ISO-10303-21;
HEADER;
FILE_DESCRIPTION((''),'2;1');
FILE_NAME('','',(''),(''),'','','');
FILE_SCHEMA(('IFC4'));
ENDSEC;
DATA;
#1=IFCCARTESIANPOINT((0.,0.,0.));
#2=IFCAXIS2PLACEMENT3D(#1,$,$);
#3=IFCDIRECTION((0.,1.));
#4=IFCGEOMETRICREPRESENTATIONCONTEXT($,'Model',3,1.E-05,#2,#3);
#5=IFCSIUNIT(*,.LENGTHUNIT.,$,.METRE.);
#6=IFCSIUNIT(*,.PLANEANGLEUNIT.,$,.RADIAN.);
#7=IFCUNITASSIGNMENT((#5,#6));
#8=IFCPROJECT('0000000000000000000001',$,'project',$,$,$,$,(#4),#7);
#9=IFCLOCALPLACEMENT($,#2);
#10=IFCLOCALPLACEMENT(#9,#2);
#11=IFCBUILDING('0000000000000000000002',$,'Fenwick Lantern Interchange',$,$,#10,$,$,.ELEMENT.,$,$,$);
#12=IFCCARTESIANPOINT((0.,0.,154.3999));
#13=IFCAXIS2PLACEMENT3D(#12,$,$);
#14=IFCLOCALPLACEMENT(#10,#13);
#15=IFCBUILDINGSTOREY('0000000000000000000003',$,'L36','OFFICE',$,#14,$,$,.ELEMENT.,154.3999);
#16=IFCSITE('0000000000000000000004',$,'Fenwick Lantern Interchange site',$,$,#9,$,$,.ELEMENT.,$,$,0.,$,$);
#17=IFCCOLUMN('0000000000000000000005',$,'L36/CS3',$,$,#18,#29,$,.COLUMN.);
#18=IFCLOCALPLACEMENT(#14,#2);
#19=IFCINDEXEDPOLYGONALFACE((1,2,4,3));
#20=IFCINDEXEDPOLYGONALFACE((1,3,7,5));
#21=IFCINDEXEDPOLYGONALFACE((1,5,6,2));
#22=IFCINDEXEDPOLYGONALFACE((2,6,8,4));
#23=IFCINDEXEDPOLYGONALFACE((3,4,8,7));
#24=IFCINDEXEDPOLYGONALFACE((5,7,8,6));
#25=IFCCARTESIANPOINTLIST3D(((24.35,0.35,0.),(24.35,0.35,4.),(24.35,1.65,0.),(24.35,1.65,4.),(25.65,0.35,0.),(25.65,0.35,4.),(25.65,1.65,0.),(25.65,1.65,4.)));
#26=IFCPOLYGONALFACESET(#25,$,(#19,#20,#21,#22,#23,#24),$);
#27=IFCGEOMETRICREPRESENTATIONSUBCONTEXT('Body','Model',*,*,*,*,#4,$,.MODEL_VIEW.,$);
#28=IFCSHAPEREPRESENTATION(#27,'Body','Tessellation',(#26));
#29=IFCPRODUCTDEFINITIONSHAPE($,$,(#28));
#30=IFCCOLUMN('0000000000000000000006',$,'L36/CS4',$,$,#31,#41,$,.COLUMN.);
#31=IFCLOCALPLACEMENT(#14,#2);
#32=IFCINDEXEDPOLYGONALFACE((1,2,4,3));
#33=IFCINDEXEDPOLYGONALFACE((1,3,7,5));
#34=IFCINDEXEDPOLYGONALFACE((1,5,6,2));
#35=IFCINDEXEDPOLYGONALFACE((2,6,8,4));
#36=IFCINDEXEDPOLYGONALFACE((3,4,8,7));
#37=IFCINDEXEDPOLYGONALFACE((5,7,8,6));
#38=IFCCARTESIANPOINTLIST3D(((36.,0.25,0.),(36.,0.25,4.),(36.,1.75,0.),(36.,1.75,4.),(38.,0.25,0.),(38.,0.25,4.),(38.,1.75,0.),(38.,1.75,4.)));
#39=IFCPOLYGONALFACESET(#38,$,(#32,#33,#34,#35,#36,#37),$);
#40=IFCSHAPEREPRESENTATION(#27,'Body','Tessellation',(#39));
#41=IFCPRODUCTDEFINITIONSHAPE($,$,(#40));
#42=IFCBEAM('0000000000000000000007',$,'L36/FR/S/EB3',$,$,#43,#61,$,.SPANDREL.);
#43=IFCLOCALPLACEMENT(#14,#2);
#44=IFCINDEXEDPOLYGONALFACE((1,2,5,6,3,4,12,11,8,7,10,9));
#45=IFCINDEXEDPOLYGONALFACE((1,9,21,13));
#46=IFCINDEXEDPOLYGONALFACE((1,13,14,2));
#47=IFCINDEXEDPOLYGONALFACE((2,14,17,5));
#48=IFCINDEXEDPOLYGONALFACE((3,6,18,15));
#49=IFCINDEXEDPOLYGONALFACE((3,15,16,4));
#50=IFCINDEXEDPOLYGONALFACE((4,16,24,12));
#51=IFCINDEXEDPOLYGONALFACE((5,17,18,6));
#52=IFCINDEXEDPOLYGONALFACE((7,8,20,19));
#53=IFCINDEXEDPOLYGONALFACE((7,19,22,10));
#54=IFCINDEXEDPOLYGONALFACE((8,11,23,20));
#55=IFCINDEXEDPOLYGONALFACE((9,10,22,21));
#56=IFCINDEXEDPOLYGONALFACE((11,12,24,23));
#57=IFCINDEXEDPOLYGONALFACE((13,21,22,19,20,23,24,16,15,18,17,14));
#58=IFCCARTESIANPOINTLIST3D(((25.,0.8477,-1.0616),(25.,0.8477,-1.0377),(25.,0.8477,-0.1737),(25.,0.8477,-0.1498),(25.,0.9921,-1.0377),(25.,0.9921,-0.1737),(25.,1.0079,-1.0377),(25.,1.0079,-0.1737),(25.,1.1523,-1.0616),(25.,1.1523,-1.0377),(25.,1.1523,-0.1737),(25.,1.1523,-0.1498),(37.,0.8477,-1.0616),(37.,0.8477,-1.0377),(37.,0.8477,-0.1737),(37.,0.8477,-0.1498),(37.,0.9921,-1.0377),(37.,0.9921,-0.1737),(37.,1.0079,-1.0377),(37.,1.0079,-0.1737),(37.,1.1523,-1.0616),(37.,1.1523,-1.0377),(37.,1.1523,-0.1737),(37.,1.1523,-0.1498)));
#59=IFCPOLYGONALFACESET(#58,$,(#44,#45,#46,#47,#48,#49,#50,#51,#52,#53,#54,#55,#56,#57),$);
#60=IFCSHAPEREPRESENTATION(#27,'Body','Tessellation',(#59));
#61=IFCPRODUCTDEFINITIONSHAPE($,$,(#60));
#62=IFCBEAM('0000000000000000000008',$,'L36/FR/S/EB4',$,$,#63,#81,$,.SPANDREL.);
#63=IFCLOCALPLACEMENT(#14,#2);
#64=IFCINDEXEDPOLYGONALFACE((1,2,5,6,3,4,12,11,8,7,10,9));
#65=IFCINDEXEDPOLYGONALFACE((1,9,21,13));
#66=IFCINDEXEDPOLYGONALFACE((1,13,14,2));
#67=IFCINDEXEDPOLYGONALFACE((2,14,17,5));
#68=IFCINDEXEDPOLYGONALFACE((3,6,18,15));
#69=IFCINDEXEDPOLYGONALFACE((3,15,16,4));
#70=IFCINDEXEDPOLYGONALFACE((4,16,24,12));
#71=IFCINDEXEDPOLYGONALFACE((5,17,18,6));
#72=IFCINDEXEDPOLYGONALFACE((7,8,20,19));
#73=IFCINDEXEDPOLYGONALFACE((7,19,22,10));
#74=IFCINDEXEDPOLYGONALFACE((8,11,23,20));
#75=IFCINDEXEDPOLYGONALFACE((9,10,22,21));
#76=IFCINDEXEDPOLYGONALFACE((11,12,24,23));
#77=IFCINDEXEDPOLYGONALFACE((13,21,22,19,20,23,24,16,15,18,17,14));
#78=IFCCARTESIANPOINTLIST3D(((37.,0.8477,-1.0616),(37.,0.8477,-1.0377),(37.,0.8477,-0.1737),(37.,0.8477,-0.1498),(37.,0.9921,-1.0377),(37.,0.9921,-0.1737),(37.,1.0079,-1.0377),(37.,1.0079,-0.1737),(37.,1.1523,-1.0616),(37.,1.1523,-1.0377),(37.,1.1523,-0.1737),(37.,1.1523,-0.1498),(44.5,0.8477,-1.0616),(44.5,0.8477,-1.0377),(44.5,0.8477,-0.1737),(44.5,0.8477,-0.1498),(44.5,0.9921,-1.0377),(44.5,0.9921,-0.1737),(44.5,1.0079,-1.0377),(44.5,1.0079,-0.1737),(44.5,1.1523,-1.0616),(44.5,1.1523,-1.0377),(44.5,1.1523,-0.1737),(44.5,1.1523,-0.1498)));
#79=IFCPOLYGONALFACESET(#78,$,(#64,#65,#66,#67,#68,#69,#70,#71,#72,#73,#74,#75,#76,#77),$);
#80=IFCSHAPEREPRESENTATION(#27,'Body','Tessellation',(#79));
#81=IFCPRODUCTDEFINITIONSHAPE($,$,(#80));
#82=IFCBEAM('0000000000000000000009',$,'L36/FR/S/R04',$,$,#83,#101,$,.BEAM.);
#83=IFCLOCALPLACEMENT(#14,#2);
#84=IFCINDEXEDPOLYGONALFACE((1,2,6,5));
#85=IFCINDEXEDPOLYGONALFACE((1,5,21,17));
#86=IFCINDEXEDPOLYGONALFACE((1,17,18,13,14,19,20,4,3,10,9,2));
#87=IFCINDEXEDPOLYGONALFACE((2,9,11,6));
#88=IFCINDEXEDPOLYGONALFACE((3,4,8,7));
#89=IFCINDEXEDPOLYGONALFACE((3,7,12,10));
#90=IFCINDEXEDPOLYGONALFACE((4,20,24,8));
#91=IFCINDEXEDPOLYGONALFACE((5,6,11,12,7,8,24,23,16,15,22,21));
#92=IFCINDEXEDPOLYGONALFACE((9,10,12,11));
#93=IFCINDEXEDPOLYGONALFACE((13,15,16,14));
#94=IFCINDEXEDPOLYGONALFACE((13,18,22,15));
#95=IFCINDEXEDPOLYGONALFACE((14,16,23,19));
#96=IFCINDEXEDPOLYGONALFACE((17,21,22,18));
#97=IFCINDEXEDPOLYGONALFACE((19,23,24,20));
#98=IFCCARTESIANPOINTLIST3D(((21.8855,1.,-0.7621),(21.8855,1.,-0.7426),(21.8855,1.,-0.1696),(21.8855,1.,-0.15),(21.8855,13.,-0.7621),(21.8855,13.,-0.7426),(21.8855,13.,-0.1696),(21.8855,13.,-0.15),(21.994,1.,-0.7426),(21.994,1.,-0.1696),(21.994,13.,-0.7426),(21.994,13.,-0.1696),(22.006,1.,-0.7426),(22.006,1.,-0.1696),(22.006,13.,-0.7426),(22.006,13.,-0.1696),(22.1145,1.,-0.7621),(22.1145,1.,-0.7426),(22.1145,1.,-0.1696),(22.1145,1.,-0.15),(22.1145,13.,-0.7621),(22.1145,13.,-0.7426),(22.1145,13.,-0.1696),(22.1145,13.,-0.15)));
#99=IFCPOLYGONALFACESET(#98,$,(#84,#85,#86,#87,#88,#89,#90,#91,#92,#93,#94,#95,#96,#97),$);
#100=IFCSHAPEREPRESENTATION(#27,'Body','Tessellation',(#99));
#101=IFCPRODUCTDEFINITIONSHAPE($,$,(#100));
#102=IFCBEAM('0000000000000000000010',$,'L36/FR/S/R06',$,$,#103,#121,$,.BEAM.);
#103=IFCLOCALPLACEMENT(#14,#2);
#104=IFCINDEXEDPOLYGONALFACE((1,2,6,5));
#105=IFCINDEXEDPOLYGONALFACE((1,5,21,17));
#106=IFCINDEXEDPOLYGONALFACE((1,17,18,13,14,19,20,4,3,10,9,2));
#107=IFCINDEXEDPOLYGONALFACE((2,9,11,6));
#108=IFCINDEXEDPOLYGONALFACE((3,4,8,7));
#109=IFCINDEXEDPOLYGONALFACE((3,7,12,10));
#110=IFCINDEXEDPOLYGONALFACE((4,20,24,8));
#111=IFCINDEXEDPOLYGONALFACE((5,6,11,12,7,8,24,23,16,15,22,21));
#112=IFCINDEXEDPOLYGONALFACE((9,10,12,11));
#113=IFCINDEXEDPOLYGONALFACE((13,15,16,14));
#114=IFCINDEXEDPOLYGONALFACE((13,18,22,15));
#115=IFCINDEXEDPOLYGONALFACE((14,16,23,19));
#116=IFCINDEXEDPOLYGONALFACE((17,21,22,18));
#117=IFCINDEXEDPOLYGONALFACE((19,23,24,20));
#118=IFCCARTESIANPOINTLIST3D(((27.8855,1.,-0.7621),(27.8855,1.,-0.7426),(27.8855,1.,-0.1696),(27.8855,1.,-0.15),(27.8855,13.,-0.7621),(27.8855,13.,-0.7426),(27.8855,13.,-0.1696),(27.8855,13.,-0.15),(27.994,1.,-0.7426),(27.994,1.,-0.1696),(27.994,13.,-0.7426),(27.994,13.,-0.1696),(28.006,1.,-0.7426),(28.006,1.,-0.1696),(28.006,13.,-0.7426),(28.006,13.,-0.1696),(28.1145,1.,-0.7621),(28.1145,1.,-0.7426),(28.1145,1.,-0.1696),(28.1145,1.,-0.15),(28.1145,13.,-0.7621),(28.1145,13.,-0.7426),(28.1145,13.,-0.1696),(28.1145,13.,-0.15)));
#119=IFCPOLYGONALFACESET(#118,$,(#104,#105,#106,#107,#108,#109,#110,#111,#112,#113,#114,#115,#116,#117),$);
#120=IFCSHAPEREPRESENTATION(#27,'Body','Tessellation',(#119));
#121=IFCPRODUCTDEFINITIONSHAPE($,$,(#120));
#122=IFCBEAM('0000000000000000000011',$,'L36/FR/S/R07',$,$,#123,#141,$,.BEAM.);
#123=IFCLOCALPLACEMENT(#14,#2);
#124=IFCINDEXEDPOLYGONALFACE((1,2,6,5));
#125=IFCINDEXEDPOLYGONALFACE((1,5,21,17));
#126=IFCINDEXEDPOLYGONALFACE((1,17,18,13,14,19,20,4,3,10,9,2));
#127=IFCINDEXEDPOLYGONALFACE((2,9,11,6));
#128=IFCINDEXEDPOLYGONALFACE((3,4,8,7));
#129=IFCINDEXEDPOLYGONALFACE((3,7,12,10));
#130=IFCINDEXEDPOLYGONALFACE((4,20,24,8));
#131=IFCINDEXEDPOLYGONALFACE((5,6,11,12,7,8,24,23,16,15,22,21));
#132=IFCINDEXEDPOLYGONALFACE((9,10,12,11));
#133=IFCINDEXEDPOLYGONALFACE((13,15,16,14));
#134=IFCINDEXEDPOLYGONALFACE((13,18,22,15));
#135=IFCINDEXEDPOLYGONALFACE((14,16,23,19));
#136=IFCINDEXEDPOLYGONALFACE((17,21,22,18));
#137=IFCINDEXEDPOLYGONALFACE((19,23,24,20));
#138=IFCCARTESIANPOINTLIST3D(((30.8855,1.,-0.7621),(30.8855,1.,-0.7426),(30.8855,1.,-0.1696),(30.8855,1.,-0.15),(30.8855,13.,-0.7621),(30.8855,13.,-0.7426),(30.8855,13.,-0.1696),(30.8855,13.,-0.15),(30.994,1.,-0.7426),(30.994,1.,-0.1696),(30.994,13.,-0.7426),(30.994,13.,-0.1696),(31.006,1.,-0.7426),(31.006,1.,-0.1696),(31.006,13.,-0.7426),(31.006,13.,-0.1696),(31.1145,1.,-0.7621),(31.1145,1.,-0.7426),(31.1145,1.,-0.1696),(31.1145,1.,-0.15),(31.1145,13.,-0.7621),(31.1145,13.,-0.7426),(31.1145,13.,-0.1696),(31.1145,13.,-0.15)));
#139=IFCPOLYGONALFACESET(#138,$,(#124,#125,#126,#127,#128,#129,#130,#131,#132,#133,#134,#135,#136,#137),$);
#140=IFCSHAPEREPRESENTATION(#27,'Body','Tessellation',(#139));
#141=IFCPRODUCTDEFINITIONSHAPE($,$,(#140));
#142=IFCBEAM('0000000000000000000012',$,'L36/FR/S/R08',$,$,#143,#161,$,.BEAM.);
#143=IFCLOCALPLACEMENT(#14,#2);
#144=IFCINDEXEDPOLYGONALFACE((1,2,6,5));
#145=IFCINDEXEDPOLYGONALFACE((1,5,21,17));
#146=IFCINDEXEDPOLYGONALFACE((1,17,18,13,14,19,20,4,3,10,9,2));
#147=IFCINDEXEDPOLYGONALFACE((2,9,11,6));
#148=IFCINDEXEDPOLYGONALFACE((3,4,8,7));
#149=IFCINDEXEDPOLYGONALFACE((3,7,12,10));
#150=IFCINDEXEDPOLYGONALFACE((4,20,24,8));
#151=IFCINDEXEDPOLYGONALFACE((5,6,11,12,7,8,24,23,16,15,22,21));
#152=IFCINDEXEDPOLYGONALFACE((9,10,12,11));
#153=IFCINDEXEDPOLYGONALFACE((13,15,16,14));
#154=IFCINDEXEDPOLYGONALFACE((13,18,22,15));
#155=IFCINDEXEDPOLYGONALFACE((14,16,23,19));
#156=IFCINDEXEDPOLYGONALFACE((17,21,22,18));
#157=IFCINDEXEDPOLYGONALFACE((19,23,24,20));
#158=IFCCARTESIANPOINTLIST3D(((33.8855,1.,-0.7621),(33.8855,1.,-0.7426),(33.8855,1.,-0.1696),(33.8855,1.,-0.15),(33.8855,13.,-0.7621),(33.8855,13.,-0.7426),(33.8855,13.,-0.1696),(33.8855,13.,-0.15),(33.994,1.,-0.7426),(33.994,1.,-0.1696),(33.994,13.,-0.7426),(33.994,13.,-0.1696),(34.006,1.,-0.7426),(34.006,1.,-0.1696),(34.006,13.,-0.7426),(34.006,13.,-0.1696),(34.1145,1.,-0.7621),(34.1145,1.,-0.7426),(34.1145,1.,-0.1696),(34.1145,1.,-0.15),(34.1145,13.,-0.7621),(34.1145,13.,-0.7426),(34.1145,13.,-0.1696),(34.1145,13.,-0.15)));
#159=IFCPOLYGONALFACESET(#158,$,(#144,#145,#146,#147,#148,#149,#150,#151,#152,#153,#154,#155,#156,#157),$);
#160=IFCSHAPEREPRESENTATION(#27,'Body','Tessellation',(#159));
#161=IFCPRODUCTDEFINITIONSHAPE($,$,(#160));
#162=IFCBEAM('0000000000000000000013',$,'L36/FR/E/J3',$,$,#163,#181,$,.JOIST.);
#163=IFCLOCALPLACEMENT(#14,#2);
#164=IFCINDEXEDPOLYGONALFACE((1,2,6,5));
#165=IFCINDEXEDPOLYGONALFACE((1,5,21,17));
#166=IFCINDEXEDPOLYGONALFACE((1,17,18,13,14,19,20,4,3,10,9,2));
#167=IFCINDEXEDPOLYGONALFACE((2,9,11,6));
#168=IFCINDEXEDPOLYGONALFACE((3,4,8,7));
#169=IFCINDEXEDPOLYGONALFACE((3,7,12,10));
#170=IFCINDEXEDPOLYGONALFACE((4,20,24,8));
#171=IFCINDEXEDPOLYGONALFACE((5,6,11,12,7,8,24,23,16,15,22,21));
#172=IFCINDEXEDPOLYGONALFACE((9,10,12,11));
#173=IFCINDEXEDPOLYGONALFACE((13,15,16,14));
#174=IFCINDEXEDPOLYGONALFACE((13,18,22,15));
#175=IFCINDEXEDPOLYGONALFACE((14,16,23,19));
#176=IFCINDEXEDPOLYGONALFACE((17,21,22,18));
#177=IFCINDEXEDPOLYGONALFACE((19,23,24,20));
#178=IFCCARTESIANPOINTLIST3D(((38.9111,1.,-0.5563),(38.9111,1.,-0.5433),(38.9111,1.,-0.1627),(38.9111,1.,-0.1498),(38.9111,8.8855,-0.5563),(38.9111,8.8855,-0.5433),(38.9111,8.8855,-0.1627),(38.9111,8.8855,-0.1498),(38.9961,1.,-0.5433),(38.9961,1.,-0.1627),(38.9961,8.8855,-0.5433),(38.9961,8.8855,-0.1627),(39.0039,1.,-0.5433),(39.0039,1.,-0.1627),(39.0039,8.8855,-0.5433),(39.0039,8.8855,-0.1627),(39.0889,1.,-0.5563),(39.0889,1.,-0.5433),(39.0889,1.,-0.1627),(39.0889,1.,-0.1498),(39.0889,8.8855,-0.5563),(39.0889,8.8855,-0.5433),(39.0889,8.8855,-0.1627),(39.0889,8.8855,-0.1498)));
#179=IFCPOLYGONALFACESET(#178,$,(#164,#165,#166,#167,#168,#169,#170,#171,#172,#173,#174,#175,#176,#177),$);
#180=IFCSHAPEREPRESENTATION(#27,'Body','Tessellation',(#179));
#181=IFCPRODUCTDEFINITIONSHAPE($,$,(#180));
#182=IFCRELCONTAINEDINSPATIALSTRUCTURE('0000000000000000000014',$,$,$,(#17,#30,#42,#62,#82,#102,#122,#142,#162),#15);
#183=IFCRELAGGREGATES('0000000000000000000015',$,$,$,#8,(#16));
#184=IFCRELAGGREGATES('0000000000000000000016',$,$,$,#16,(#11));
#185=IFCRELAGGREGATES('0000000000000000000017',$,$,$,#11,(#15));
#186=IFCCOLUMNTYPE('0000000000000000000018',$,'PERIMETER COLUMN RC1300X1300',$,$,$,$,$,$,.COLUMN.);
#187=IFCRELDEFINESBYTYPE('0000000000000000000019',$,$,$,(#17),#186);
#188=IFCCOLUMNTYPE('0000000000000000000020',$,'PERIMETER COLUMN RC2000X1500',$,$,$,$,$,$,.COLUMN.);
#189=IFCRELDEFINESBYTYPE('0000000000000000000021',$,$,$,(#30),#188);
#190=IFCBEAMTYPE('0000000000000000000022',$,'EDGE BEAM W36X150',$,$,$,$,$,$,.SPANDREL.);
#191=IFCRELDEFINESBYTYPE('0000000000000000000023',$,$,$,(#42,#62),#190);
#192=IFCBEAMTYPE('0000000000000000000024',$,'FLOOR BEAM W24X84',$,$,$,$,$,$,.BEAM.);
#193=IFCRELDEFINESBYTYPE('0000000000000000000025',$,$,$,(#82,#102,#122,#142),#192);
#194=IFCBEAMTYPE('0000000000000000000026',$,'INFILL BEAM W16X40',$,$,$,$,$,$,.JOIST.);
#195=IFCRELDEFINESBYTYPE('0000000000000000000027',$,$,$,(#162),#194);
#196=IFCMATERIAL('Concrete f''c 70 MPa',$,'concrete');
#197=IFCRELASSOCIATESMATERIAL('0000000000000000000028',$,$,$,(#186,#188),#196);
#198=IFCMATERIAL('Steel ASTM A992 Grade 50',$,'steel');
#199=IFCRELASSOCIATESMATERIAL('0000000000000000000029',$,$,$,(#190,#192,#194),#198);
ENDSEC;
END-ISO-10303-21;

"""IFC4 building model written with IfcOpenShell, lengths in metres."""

from ifc_helpers import new_model, si_unit, direction, frame, origin, origin_2d, place, context, subcontext, project, spatial, rectangle, i_section, extrude, material, material_profile, profile_set, type_object, element, save


model = new_model("IFC4")

# Units and contexts
model_context = context("Model", 3, precision=1e-05, world=origin(), true_north=direction((0.0, 1.0)))
body_context = subcontext(model_context, "Body", "Model", "MODEL_VIEW")
ifc_project = project(units=[si_unit("LENGTHUNIT", "METRE"), si_unit("PLANEANGLEUNIT", "RADIAN")], contexts=[model_context])

# Site, building, storey
site_placement = place(None, origin())
site = spatial("IfcSite", under=ifc_project, at=site_placement, Name="Fenwick Lantern Interchange site", CompositionType="ELEMENT", RefElevation=0.0)
building_placement = place(site_placement, origin())
building = spatial("IfcBuilding", under=site, at=building_placement, Name="Fenwick Lantern Interchange", CompositionType="ELEMENT")
storey_placement = place(building_placement, frame((0.0, 0.0, 154.3999)))
storey = spatial("IfcBuildingStorey", under=building, at=storey_placement, Name="L36", Description="OFFICE", CompositionType="ELEMENT", Elevation=154.3999)

# Columns
ifc_material_1 = material(Name="Concrete f'c 70 MPa", Category="concrete")
ifc_material_profile_1 = material_profile(ifc_material_1, rectangle(XDim=1.3, YDim=1.3, at=origin_2d()), Name="RC1300X1300")
ifc_profile_set_1 = profile_set([ifc_material_profile_1], Name="Concrete f'c 70 MPa")
column_type_1 = type_object("IfcColumnType", Name="PERIMETER COLUMN RC1300X1300", PredefinedType="COLUMN", material=ifc_profile_set_1)
column_1_placement = place(storey_placement, frame((25.0, 1.0, 0.0), z_axis=(0.0, 0.0, 1.0), x_axis=(1.0, 0.0, 0.0)))
element("IfcColumn", 1, at=column_1_placement, inside=storey, type_object=column_type_1, Name="L36/CS3", PredefinedType="COLUMN", context=body_context, shape_type="SweptSolid", body=[
    extrude(rectangle(XDim=1.3, YDim=1.3, at=origin_2d()), origin(), (0.0, 0.0, 1.0), 4.0),
])
ifc_material_profile_2 = material_profile(ifc_material_1, rectangle(XDim=2.0, YDim=1.5, at=origin_2d()), Name="RC2000X1500")
ifc_profile_set_2 = profile_set([ifc_material_profile_2], Name="Concrete f'c 70 MPa")
column_type_2 = type_object("IfcColumnType", Name="PERIMETER COLUMN RC2000X1500", PredefinedType="COLUMN", material=ifc_profile_set_2)
column_2_placement = place(storey_placement, frame((37.0, 1.0, 0.0), z_axis=(0.0, 0.0, 1.0), x_axis=(1.0, 0.0, 0.0)))
element("IfcColumn", 2, at=column_2_placement, inside=storey, type_object=column_type_2, Name="L36/CS4", PredefinedType="COLUMN", context=body_context, shape_type="SweptSolid", body=[
    extrude(rectangle(XDim=2.0, YDim=1.5, at=origin_2d()), origin(), (0.0, 0.0, 1.0), 4.0),
])

# Beams
ifc_material_2 = material(Name="Steel ASTM A992 Grade 50", Category="steel")
ifc_material_profile_3 = material_profile(ifc_material_2, i_section(OverallWidth=0.3047, OverallDepth=0.9119, WebThickness=0.0159, FlangeThickness=0.0239, at=origin_2d()), Name="W36X150")
ifc_profile_set_3 = profile_set([ifc_material_profile_3], Name="Steel ASTM A992 Grade 50")
beam_type_1 = type_object("IfcBeamType", Name="EDGE BEAM W36X150", PredefinedType="SPANDREL", material=ifc_profile_set_3)
beam_1_placement = place(storey_placement, frame((25.0, 1.0, -0.6057), z_axis=(1.0, 0.0, 0.0), x_axis=(0.0, 1.0, 0.0)))
element("IfcBeam", 3, at=beam_1_placement, inside=storey, type_object=beam_type_1, Name="L36/FR/S/EB3", PredefinedType="SPANDREL", context=body_context, shape_type="SweptSolid", body=[
    extrude(i_section(OverallWidth=0.3047, OverallDepth=0.9119, WebThickness=0.0159, FlangeThickness=0.0239, at=origin_2d()), origin(), (0.0, 0.0, 1.0), 12.0),
])
beam_2_placement = place(storey_placement, frame((37.0, 1.0, -0.6057), z_axis=(1.0, 0.0, 0.0), x_axis=(0.0, 1.0, 0.0)))
element("IfcBeam", 4, at=beam_2_placement, inside=storey, type_object=beam_type_1, Name="L36/FR/S/EB4", PredefinedType="SPANDREL", context=body_context, shape_type="SweptSolid", body=[
    extrude(i_section(OverallWidth=0.3047, OverallDepth=0.9119, WebThickness=0.0159, FlangeThickness=0.0239, at=origin_2d()), origin(), (0.0, 0.0, 1.0), 7.5),
])
ifc_material_profile_4 = material_profile(ifc_material_2, i_section(OverallWidth=0.229, OverallDepth=0.6121, WebThickness=0.012, FlangeThickness=0.0195, at=origin_2d()), Name="W24X84")
ifc_profile_set_4 = profile_set([ifc_material_profile_4], Name="Steel ASTM A992 Grade 50")
beam_type_2 = type_object("IfcBeamType", Name="FLOOR BEAM W24X84", PredefinedType="BEAM", material=ifc_profile_set_4)
for number, where, z_axis, x_axis, name in (
    (5, (22.0, 1.0, -0.4561), (0.0, 1.0, 0.0), (-1.0, 0.0, 0.0), "L36/FR/S/R04"),
    (6, (28.0, 1.0, -0.4561), (0.0, 1.0, 0.0), (-1.0, 0.0, 0.0), "L36/FR/S/R06"),
    (7, (31.0, 1.0, -0.4561), (0.0, 1.0, 0.0), (-1.0, 0.0, 0.0), "L36/FR/S/R07"),
    (8, (34.0, 1.0, -0.4561), (0.0, 1.0, 0.0), (-1.0, 0.0, 0.0), "L36/FR/S/R08"),
):
    element("IfcBeam", number, at=place(storey_placement, frame(where, z_axis=z_axis, x_axis=x_axis)), inside=storey, type_object=beam_type_2, Name=name, PredefinedType="BEAM", context=body_context, shape_type="SweptSolid", body=[
        extrude(i_section(OverallWidth=0.229, OverallDepth=0.6121, WebThickness=0.012, FlangeThickness=0.0195, at=origin_2d()), origin(), (0.0, 0.0, 1.0), 12.0),
    ])
ifc_material_profile_5 = material_profile(ifc_material_2, i_section(OverallWidth=0.1777, OverallDepth=0.4065, WebThickness=0.0078, FlangeThickness=0.0129, at=origin_2d()), Name="W16X40")
ifc_profile_set_5 = profile_set([ifc_material_profile_5], Name="Steel ASTM A992 Grade 50")
beam_type_3 = type_object("IfcBeamType", Name="INFILL BEAM W16X40", PredefinedType="JOIST", material=ifc_profile_set_5)
beam_3_placement = place(storey_placement, frame((39.0, 1.0, -0.353), z_axis=(0.0, 1.0, 0.0), x_axis=(-1.0, 0.0, 0.0)))
element("IfcBeam", 9, at=beam_3_placement, inside=storey, type_object=beam_type_3, Name="L36/FR/E/J3", PredefinedType="JOIST", context=body_context, shape_type="SweptSolid", body=[
    extrude(i_section(OverallWidth=0.1777, OverallDepth=0.4065, WebThickness=0.0078, FlangeThickness=0.0129, at=origin_2d()), origin(), (0.0, 0.0, 1.0), 7.8855),
])

save(model, "model.ifc")
